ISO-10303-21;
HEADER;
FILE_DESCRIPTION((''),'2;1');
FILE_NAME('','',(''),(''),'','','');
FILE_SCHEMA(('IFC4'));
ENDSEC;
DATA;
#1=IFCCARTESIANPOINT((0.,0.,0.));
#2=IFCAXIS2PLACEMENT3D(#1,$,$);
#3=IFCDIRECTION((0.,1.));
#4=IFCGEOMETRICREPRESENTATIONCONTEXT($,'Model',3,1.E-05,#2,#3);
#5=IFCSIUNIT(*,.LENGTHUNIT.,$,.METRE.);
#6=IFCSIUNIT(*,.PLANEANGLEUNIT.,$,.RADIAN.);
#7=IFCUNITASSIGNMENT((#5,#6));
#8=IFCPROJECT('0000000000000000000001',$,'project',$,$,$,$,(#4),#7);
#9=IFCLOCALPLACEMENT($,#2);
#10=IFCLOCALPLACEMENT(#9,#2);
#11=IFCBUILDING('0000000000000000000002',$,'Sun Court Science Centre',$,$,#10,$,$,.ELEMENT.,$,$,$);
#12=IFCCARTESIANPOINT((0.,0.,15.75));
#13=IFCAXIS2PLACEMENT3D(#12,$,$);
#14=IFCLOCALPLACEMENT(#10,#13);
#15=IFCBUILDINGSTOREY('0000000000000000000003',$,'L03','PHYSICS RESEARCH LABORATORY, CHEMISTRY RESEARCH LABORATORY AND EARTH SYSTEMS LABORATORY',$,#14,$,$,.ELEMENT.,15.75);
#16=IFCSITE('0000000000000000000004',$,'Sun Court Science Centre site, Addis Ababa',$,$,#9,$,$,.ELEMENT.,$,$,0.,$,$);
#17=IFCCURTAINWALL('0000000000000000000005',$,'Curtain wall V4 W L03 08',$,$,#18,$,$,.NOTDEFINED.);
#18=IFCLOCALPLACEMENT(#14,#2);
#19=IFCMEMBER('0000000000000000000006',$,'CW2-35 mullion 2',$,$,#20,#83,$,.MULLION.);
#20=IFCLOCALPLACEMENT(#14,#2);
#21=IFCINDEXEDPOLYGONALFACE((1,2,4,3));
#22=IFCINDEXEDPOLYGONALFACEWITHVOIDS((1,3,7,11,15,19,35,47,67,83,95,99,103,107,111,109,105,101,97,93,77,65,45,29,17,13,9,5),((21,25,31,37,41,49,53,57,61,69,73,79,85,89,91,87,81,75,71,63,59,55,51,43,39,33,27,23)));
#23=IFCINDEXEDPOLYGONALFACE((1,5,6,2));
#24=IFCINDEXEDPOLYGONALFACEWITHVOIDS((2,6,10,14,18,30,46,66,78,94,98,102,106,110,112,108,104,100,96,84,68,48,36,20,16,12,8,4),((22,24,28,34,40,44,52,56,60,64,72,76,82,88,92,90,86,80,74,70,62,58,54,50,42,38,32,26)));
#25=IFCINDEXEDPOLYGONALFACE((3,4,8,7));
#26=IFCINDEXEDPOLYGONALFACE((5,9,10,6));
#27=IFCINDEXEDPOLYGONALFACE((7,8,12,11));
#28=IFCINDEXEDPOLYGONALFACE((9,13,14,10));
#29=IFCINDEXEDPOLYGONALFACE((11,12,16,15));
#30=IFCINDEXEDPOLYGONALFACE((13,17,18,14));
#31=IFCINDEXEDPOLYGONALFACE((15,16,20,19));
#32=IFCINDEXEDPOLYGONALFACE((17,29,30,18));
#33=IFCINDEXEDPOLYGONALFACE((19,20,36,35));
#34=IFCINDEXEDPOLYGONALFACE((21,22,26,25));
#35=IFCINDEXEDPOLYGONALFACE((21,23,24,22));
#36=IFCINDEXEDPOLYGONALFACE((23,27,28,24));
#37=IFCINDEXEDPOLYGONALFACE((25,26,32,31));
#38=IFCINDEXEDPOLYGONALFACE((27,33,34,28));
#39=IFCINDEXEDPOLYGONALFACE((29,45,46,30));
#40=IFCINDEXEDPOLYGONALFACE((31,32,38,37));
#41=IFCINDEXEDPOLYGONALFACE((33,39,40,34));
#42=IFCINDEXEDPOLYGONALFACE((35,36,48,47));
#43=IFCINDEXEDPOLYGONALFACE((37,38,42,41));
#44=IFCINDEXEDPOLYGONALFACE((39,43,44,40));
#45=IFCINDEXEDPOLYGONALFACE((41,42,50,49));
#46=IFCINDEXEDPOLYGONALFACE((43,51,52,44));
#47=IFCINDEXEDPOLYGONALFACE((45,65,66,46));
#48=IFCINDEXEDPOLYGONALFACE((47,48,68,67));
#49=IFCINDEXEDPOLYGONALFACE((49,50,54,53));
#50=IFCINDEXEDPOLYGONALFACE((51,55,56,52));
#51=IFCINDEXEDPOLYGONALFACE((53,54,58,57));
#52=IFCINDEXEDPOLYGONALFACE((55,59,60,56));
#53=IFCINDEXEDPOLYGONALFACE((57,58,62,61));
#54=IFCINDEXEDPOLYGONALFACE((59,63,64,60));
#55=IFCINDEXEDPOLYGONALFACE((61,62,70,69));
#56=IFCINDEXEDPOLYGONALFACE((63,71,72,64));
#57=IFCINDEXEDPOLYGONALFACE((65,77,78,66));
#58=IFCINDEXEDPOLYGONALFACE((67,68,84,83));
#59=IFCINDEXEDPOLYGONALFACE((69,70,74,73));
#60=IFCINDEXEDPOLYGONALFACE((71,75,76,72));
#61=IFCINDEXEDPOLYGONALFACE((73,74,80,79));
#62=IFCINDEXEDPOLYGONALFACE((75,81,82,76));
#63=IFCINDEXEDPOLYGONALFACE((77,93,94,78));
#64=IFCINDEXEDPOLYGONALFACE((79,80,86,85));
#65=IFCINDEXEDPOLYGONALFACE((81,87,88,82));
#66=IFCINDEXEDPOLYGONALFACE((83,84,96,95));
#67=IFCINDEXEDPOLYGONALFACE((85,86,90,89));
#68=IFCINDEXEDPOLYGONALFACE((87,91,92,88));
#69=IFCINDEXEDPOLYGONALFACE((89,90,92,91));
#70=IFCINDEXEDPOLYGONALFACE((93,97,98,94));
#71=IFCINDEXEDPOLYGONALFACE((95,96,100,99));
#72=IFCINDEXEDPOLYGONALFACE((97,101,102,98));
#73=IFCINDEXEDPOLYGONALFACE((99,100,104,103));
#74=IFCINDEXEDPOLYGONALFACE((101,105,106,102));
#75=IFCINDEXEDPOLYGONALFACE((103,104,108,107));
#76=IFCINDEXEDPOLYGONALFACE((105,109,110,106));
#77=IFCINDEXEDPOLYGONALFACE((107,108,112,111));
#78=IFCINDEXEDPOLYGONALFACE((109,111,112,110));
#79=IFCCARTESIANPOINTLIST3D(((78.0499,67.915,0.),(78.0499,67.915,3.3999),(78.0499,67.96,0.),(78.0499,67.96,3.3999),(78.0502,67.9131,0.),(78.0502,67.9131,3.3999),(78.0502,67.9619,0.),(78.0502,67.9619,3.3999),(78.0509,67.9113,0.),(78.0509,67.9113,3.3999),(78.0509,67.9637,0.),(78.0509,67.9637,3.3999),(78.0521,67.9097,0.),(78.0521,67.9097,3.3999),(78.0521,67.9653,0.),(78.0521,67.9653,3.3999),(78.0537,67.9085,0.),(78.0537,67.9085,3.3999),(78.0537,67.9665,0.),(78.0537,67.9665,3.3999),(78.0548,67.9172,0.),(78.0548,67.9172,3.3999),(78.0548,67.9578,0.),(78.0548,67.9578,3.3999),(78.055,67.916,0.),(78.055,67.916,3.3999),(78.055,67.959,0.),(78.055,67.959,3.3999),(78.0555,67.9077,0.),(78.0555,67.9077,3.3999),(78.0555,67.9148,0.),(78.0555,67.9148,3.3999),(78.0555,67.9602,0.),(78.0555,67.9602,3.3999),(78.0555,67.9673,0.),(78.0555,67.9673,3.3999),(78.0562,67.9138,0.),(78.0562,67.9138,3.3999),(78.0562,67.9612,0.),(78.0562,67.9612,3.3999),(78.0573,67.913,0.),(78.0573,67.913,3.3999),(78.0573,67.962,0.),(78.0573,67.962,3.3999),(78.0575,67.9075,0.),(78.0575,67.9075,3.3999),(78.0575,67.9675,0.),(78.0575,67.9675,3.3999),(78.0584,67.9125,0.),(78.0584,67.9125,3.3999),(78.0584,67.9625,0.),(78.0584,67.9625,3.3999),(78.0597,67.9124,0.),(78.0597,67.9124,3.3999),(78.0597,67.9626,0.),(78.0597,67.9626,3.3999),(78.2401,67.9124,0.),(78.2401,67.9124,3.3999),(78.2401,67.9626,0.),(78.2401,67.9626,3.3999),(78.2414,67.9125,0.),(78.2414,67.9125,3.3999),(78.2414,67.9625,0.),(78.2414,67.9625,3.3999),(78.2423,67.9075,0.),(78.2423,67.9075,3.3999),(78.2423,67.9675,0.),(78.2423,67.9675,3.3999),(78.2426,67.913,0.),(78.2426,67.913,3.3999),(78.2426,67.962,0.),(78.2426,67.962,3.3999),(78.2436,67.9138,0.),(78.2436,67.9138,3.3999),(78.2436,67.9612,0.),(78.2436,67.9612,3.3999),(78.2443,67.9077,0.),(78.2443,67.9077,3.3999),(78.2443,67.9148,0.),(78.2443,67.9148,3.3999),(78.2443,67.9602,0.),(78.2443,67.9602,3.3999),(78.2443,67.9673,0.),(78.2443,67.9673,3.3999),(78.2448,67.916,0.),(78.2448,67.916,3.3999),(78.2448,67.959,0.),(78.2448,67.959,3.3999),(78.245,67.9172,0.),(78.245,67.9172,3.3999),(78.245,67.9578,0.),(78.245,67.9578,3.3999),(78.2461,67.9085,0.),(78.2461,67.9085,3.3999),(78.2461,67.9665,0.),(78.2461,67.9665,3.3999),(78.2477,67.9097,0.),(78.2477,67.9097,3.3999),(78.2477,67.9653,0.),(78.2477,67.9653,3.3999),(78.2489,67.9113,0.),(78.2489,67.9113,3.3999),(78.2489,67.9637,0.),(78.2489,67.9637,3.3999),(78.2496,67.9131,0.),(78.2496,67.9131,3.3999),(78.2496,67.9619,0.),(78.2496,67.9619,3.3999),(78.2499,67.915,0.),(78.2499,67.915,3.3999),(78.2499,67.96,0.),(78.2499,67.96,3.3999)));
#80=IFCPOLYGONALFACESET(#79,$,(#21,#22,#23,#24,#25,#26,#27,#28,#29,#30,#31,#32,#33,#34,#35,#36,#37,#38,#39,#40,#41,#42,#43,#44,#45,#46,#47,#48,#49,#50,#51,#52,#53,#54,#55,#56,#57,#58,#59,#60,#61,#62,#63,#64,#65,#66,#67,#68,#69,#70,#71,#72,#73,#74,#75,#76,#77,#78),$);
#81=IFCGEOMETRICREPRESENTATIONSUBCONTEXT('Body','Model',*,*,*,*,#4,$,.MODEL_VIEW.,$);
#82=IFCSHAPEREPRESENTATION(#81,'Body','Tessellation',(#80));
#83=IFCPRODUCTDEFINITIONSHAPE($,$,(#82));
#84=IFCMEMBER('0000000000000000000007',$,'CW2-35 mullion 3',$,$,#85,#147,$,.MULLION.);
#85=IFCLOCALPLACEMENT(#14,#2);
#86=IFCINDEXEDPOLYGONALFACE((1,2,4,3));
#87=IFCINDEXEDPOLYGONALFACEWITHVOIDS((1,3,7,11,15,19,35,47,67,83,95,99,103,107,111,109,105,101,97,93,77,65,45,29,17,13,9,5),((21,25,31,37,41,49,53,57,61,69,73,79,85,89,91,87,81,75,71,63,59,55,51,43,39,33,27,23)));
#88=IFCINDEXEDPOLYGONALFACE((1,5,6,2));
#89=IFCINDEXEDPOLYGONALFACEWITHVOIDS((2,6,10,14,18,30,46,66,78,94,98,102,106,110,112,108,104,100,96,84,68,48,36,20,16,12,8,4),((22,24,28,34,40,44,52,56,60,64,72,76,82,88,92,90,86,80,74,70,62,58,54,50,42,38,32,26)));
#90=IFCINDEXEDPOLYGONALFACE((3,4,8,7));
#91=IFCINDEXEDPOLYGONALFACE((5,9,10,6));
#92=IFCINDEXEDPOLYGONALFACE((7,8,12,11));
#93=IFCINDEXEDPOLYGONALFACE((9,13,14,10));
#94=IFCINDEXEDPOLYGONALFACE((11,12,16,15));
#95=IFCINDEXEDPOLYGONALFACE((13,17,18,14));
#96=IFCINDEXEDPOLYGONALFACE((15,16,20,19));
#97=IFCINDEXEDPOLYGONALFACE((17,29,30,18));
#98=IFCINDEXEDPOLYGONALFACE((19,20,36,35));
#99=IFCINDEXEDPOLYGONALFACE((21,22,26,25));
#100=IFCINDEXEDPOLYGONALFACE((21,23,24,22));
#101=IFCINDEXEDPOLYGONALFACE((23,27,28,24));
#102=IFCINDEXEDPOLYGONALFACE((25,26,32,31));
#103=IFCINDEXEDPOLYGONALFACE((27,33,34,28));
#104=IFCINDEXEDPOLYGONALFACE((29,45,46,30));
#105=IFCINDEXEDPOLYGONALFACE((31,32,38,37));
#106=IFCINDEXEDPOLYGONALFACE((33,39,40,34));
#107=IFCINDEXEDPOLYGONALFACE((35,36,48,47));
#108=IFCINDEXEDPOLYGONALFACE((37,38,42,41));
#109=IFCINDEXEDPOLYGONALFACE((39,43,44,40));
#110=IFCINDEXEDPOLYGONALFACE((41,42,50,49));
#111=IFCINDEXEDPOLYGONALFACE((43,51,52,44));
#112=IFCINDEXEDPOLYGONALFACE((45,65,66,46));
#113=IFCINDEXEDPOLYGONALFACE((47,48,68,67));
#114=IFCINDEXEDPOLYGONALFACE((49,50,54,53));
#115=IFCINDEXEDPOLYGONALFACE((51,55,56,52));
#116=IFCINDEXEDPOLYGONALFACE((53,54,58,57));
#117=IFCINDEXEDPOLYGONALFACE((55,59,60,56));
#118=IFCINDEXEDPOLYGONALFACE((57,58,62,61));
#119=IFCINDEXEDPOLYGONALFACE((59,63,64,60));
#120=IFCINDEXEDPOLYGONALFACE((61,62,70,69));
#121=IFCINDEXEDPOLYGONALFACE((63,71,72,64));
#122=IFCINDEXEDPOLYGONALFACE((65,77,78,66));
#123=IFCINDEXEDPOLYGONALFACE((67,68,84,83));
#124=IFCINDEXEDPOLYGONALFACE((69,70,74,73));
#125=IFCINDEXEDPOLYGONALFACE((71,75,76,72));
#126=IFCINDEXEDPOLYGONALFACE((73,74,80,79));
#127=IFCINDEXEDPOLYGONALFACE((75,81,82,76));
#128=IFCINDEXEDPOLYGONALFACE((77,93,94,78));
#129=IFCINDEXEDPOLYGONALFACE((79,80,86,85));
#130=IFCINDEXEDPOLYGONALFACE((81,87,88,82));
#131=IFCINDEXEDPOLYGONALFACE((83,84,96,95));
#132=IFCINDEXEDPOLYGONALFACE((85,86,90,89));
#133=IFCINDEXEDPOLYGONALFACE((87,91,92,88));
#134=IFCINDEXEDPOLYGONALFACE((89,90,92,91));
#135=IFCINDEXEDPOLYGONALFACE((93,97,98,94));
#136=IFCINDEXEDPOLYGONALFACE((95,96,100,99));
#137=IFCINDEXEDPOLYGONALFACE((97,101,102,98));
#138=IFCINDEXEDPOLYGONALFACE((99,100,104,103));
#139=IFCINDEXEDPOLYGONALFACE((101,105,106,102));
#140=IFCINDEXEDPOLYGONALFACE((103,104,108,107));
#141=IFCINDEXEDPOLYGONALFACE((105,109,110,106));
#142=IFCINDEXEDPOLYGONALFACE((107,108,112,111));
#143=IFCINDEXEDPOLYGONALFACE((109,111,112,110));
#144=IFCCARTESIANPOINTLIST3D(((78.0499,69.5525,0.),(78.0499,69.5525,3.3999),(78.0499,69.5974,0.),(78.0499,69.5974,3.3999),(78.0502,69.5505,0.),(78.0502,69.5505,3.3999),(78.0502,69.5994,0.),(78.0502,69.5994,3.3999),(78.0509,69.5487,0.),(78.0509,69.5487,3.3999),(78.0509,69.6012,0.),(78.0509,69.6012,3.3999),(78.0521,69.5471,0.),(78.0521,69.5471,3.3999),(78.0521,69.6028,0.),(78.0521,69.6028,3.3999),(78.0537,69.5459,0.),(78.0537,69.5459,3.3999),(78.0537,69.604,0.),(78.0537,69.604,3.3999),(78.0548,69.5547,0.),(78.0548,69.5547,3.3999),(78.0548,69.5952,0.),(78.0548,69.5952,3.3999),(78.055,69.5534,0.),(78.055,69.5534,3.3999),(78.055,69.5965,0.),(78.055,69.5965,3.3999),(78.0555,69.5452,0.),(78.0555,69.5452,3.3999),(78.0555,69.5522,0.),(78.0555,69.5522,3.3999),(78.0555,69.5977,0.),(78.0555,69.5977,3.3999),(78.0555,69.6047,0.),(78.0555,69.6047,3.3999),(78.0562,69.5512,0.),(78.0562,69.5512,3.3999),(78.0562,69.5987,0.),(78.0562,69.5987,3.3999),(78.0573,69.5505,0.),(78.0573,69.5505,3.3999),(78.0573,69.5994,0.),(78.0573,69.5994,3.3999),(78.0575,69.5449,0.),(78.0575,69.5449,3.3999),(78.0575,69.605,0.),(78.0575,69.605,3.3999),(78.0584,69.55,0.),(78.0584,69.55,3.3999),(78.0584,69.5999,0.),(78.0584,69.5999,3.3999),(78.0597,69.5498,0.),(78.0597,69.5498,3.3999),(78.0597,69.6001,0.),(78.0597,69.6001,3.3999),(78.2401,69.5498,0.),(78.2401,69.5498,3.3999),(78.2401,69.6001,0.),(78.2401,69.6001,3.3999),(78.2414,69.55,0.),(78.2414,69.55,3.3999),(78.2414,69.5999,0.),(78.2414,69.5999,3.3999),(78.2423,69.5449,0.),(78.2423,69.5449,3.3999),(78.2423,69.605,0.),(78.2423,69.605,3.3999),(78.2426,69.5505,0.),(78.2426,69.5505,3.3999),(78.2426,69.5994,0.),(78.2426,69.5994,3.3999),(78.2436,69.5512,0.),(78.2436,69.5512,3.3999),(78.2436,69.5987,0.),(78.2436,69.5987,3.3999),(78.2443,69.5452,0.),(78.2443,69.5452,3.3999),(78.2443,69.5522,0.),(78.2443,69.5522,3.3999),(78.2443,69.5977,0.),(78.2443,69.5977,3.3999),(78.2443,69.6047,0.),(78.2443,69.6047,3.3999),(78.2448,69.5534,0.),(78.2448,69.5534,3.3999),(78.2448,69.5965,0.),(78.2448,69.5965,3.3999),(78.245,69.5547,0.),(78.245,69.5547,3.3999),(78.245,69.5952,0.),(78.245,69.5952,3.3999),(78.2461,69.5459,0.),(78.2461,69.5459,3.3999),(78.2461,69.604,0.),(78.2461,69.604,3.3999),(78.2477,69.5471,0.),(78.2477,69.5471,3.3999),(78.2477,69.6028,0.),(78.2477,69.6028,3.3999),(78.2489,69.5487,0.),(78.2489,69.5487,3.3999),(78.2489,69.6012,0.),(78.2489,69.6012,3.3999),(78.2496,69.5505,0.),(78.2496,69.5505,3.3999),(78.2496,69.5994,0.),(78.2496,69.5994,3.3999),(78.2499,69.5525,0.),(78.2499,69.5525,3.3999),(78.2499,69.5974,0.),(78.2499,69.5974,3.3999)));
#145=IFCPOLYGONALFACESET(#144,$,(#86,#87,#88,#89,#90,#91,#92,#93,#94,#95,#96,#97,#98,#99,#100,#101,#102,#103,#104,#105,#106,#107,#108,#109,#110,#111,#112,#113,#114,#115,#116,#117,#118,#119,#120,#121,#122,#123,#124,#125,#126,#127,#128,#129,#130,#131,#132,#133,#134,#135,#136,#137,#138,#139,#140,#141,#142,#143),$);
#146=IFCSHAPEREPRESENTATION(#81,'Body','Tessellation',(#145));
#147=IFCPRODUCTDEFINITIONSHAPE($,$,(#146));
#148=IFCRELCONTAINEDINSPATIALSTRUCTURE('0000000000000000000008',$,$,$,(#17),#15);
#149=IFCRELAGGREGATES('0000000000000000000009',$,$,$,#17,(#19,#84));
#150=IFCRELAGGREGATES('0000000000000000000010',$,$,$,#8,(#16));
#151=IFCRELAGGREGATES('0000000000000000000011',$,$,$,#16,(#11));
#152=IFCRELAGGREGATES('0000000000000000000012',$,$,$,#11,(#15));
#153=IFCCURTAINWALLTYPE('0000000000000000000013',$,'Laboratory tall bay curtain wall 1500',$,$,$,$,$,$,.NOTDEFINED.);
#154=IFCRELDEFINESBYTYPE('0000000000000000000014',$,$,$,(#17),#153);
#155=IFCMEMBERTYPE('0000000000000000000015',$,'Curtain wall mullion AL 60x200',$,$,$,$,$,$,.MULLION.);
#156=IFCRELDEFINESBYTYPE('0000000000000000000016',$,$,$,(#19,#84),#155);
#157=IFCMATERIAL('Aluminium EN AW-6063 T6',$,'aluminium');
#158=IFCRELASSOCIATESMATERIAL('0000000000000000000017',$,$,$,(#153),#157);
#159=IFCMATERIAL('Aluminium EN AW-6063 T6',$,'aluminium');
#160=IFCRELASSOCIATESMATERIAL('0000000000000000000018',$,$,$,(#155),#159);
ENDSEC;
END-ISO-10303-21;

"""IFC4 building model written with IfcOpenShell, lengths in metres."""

from ifc_helpers import new_model, si_unit, direction, frame, origin, origin_2d, place, context, subcontext, project, spatial, hollow_rectangle, extrude, material, material_profile, profile_set, type_object, element, aggregate, save


model = new_model("IFC4")

# Units and contexts
model_context = context("Model", 3, precision=1e-05, world=origin(), true_north=direction((0.0, 1.0)))
body_context = subcontext(model_context, "Body", "Model", "MODEL_VIEW")
ifc_project = project(units=[si_unit("LENGTHUNIT", "METRE"), si_unit("PLANEANGLEUNIT", "RADIAN")], contexts=[model_context])

# Site, building, storey
site_placement = place(None, origin())
site = spatial("IfcSite", under=ifc_project, at=site_placement, Name="Sun Court Science Centre site, Addis Ababa", CompositionType="ELEMENT", RefElevation=0.0)
building_placement = place(site_placement, origin())
building = spatial("IfcBuilding", under=site, at=building_placement, Name="Sun Court Science Centre", CompositionType="ELEMENT")
storey_placement = place(building_placement, frame((0.0, 0.0, 15.75)))
storey = spatial("IfcBuildingStorey", under=building, at=storey_placement, Name="L03", Description="PHYSICS RESEARCH LABORATORY, CHEMISTRY RESEARCH LABORATORY AND EARTH SYSTEMS LABORATORY", CompositionType="ELEMENT", Elevation=15.75)

# Curtain wall, members
ifc_material_1 = material(Name="Aluminium EN AW-6063 T6", Category="aluminium")
curtain_wall_type = type_object("IfcCurtainWallType", Name="Laboratory tall bay curtain wall 1500", PredefinedType="NOTDEFINED", material=ifc_material_1)
ifc_material_2 = material(Name="Aluminium EN AW-6063 T6", Category="aluminium")
ifc_material_profile_1 = material_profile(ifc_material_2, hollow_rectangle(XDim=0.0601, YDim=0.2, WallThickness=0.0049, InnerFilletRadius=0.0049, OuterFilletRadius=0.0076, at=origin_2d()), Name="AL 60x200x5")
ifc_profile_set_1 = profile_set([ifc_material_profile_1], Name="Aluminium EN AW-6063 T6")
member_type_1 = type_object("IfcMemberType", Name="Curtain wall mullion AL 60x200", PredefinedType="MULLION", material=ifc_profile_set_1)
curtain_wall_1_placement = place(storey_placement, origin())
curtain_wall_1 = element("IfcCurtainWall", 1, at=curtain_wall_1_placement, inside=storey, type_object=curtain_wall_type, Name="Curtain wall V4 W L03 08", PredefinedType="NOTDEFINED")
member_1_placement = place(storey_placement, frame((78.1499, 67.9375, 0.0), z_axis=(0.0, 0.0, 1.0), x_axis=(0.0, 1.0, 0.0)))
member_1 = element("IfcMember", 2, at=member_1_placement, type_object=member_type_1, Name="CW2-35 mullion 2", PredefinedType="MULLION", context=body_context, shape_type="SweptSolid", body=[
    extrude(hollow_rectangle(XDim=0.0601, YDim=0.2, WallThickness=0.0049, InnerFilletRadius=0.0049, OuterFilletRadius=0.0076, at=origin_2d()), origin(), (0.0, 0.0, 1.0), 3.3999),
])
member_2_placement = place(storey_placement, frame((78.1499, 69.575, 0.0), z_axis=(0.0, 0.0, 1.0), x_axis=(0.0, 1.0, 0.0)))
member_2 = element("IfcMember", 3, at=member_2_placement, type_object=member_type_1, Name="CW2-35 mullion 3", PredefinedType="MULLION", context=body_context, shape_type="SweptSolid", body=[
    extrude(hollow_rectangle(XDim=0.0601, YDim=0.2, WallThickness=0.0049, InnerFilletRadius=0.0049, OuterFilletRadius=0.0076, at=origin_2d()), origin(), (0.0, 0.0, 1.0), 3.3999),
])

aggregate(curtain_wall_1, [member_1, member_2])

save(model, "model.ifc")
